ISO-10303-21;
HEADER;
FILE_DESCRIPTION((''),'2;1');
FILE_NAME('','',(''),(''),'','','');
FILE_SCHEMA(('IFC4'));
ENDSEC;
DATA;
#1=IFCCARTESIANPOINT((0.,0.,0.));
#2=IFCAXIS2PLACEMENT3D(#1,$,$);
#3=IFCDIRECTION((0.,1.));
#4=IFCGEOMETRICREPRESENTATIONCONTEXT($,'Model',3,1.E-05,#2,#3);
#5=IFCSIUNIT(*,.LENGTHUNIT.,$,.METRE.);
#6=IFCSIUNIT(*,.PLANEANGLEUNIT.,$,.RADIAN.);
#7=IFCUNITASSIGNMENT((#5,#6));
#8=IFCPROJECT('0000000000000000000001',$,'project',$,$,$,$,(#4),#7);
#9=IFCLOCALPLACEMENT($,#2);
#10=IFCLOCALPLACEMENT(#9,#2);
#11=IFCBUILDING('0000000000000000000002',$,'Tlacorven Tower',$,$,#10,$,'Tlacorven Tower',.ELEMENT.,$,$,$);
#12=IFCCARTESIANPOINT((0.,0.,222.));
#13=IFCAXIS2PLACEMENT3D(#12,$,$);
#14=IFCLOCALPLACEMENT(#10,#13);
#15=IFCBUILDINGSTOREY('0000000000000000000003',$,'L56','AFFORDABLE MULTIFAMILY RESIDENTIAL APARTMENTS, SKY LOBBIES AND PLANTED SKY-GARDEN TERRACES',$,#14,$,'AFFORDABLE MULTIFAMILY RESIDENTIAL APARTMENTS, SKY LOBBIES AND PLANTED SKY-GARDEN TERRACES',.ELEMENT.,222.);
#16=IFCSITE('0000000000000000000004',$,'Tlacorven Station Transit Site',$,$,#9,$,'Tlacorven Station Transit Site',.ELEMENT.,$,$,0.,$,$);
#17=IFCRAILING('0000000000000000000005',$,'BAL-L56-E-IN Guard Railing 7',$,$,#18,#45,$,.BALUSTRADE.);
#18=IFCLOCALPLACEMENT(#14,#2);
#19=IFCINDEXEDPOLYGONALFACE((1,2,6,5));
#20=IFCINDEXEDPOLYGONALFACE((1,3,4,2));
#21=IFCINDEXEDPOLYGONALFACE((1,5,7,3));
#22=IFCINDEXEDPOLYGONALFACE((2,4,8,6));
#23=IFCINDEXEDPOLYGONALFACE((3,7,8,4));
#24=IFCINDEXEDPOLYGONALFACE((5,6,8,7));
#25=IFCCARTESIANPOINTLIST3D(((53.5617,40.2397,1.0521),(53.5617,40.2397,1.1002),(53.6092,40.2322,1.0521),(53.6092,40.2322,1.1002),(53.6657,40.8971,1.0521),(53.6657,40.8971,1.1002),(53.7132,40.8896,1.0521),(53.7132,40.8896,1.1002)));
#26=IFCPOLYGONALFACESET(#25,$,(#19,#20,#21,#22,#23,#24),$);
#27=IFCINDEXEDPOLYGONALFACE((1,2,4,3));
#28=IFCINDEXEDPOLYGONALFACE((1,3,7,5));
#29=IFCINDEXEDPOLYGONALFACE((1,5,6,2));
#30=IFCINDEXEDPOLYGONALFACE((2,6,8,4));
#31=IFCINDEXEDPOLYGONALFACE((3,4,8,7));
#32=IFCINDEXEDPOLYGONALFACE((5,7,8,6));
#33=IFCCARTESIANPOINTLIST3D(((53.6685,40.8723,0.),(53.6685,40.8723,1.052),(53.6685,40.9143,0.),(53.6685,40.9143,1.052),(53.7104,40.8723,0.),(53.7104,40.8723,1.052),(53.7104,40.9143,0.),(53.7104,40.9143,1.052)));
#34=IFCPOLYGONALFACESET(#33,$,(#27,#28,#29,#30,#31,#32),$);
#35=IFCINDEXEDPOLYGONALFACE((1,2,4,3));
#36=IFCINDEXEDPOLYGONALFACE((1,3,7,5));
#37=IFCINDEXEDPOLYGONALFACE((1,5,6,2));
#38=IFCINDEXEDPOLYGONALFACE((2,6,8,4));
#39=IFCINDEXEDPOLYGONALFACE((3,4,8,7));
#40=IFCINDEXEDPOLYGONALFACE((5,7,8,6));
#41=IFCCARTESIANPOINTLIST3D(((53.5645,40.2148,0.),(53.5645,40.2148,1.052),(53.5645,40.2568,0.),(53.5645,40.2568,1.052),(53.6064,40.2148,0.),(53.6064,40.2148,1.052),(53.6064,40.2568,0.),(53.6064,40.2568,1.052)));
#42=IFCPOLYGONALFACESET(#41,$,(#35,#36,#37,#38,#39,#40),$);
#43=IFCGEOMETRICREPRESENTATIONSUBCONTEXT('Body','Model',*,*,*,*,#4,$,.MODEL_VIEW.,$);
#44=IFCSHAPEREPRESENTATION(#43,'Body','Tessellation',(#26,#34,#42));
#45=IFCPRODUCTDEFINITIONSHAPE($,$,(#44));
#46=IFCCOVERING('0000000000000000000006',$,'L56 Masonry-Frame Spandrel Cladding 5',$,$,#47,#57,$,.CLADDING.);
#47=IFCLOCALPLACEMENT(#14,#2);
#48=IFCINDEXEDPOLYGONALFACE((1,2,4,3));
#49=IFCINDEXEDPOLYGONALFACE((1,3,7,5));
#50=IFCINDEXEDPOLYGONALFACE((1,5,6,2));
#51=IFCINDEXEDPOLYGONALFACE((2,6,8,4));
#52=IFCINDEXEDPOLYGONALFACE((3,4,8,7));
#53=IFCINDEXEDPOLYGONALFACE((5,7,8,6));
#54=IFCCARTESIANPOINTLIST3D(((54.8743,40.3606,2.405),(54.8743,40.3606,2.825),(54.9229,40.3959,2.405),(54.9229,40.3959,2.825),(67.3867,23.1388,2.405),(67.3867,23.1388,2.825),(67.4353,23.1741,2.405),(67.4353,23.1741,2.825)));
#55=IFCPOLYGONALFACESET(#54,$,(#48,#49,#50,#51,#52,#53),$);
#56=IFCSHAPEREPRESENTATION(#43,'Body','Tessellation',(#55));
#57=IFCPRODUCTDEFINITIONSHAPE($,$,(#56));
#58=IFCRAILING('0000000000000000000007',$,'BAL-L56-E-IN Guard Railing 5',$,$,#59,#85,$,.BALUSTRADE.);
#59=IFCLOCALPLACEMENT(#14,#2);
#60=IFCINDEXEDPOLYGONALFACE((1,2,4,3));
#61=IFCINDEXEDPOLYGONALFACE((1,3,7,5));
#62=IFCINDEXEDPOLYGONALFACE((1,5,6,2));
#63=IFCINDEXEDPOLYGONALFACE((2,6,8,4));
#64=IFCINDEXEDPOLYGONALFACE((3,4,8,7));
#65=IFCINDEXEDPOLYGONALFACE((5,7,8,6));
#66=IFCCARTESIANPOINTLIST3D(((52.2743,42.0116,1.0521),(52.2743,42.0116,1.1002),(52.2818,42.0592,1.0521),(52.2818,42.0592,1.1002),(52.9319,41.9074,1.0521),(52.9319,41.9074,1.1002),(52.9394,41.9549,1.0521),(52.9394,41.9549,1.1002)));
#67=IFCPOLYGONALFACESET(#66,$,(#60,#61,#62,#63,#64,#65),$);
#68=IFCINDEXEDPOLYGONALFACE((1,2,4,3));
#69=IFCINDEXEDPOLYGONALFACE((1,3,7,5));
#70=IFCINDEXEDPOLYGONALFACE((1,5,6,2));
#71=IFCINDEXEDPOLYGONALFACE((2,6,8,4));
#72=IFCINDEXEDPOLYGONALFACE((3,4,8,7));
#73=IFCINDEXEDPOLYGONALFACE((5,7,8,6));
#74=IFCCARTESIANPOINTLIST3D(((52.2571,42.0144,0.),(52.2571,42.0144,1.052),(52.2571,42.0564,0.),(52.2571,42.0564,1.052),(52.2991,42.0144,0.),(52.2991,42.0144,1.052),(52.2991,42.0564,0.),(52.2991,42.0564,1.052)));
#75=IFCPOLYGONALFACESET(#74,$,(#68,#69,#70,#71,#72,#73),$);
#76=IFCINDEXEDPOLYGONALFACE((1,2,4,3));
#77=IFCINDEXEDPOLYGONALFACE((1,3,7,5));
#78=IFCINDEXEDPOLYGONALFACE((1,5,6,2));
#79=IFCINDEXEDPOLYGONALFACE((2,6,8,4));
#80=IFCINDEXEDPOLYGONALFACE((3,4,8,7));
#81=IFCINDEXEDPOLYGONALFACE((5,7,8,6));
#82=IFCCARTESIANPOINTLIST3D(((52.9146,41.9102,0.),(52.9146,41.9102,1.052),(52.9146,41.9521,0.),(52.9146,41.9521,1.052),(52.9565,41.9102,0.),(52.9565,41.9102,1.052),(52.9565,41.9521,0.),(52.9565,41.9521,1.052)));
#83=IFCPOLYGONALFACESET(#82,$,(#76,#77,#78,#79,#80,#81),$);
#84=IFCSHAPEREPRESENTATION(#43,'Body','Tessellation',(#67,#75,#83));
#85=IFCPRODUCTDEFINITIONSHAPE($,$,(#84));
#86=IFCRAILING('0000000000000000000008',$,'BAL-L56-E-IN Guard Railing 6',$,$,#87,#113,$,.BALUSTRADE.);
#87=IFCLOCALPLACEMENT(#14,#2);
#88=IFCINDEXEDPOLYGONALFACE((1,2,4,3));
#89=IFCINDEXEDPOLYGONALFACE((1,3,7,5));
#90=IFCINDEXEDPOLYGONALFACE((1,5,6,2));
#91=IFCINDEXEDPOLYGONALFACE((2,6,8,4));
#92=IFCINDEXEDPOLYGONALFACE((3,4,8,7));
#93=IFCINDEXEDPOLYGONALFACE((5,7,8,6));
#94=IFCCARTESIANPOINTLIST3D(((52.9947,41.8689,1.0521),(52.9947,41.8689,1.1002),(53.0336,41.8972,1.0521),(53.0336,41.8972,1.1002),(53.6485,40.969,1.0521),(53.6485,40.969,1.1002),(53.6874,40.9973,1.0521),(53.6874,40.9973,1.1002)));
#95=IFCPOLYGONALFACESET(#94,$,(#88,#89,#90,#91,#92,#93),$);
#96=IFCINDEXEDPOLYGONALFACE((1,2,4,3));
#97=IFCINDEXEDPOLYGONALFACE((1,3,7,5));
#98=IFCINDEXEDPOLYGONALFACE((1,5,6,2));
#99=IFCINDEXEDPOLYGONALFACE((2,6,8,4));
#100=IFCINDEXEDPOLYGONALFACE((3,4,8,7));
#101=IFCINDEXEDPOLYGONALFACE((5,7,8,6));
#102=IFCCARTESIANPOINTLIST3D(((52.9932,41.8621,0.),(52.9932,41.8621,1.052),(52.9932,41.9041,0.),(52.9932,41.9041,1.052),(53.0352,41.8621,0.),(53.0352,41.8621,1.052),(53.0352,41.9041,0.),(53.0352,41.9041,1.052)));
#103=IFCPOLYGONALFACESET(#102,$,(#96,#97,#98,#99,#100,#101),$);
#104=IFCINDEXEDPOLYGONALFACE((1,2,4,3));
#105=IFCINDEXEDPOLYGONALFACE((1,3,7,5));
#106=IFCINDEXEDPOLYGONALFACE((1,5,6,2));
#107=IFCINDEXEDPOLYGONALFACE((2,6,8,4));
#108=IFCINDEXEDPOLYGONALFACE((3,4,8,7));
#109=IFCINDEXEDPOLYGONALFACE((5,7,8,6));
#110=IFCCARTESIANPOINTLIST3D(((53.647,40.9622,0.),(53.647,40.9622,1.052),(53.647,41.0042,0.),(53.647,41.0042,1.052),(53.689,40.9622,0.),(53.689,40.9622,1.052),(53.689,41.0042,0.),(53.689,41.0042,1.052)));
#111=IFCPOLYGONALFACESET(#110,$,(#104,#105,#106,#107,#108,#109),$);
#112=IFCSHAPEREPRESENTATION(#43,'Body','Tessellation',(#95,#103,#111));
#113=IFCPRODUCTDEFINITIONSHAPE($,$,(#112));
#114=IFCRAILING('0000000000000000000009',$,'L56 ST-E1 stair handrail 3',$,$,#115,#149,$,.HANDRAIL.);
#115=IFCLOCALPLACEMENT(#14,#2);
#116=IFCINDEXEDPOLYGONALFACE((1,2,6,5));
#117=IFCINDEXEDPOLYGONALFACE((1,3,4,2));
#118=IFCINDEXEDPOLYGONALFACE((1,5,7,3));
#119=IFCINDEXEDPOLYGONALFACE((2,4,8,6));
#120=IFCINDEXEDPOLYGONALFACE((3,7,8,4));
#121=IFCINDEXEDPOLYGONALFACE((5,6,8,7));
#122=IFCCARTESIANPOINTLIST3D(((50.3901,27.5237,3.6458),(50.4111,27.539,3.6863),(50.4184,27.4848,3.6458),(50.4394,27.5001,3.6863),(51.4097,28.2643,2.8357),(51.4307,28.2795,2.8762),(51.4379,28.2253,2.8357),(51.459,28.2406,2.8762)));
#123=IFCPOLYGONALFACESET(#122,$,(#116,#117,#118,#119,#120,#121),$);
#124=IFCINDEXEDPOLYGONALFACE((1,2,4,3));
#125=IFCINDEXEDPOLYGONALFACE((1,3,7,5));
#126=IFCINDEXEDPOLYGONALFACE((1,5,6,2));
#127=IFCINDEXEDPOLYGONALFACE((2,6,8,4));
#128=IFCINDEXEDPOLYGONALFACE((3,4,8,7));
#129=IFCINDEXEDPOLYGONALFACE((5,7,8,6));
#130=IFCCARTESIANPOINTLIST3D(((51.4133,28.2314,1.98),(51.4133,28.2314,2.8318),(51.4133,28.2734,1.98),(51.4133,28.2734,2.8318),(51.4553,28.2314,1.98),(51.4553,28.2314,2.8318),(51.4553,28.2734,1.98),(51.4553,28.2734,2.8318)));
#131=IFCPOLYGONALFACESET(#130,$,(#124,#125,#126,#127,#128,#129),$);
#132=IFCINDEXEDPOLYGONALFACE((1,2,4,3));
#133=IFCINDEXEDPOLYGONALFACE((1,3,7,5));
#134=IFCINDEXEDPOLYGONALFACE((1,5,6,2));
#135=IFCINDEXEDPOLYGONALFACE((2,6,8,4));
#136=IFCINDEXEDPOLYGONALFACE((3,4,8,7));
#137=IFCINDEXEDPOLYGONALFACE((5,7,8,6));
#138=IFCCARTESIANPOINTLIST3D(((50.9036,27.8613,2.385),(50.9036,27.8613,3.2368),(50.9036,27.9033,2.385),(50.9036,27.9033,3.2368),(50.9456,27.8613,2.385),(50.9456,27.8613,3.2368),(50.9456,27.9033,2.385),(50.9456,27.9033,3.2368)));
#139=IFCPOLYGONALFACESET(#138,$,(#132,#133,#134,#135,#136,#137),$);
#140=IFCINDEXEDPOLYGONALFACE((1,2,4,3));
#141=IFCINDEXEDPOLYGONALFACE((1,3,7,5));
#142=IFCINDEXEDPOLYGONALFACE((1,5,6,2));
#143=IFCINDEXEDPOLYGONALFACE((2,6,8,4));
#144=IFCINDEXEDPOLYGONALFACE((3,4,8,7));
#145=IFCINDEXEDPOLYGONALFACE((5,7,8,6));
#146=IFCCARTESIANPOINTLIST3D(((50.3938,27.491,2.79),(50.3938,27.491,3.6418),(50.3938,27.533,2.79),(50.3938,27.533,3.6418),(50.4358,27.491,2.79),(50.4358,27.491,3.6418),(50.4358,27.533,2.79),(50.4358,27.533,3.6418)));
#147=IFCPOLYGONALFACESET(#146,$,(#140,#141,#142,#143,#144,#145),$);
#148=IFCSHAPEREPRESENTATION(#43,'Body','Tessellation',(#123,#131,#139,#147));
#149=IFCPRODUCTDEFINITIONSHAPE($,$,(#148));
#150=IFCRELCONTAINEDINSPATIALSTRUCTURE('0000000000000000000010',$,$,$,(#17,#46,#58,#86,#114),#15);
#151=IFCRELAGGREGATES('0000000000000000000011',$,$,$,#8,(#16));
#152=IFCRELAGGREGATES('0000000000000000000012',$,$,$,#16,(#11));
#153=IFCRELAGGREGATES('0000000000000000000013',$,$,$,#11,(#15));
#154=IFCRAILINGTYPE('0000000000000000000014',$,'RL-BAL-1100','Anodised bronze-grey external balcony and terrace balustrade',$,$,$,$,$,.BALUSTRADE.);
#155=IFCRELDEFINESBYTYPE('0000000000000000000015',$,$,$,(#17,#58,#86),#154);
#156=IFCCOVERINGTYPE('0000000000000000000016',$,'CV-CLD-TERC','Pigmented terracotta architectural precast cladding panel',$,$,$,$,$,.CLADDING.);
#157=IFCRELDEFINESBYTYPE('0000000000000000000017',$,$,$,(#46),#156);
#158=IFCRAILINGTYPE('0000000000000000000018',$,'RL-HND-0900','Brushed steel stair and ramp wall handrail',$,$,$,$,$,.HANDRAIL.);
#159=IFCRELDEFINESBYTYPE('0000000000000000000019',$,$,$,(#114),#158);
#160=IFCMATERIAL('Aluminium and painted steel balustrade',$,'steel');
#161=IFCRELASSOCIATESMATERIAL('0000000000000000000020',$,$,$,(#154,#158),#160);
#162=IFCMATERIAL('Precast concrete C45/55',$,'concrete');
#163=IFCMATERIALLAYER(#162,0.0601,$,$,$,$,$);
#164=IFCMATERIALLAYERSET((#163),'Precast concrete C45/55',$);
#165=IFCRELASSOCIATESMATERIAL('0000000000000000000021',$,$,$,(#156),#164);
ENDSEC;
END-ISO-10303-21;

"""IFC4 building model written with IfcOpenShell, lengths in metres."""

from ifc_helpers import new_model, si_unit, direction, frame, origin, origin_2d, place, context, subcontext, project, spatial, rectangle, extrude, source, transform, mapped, material, layer, layer_set, type_object, element, save


model = new_model("IFC4")

# Units and contexts
model_context = context("Model", 3, precision=1e-05, world=origin(), true_north=direction((0.0, 1.0)))
body_context = subcontext(model_context, "Body", "Model", "MODEL_VIEW")
ifc_project = project(units=[si_unit("LENGTHUNIT", "METRE"), si_unit("PLANEANGLEUNIT", "RADIAN")], contexts=[model_context])

# Site, building, storey
site_placement = place(None, origin())
site = spatial("IfcSite", under=ifc_project, at=site_placement, Name="Tlacorven Station Transit Site", LongName="Tlacorven Station Transit Site", CompositionType="ELEMENT", RefElevation=0.0)
building_placement = place(site_placement, origin())
building = spatial("IfcBuilding", under=site, at=building_placement, Name="Tlacorven Tower", LongName="Tlacorven Tower", CompositionType="ELEMENT")
storey_placement = place(building_placement, frame((0.0, 0.0, 222.0)))
storey = spatial("IfcBuildingStorey", under=building, at=storey_placement, Name="L56", Description="AFFORDABLE MULTIFAMILY RESIDENTIAL APARTMENTS, SKY LOBBIES AND PLANTED SKY-GARDEN TERRACES", LongName="AFFORDABLE MULTIFAMILY RESIDENTIAL APARTMENTS, SKY LOBBIES AND PLANTED SKY-GARDEN TERRACES", CompositionType="ELEMENT", Elevation=222.0)

# Shared definitions
ifc_material_1 = material(Name="Precast concrete C45/55", Category="concrete")

# Railing
ifc_material_2 = material(Name="Aluminium and painted steel balustrade", Category="steel")
railing_type_1 = type_object("IfcRailingType", Name="RL-BAL-1100", Description="Anodised bronze-grey external balcony and terrace balustrade", PredefinedType="BALUSTRADE", material=ifc_material_2)
shared_shape_1 = source(origin(), body_context, "Body", "SweptSolid", [
    extrude(rectangle(XDim=0.0481, YDim=0.0481, at=origin_2d()), frame((0.0, 0.0, 1.0762), z_axis=(-0.156245, -0.987718, 0.0), x_axis=(0.987718, -0.156245, 0.0)), (0.0, 0.0, 1.0), 0.6655),
    extrude(rectangle(XDim=0.042, YDim=0.042, at=origin_2d()), origin(), (0.0, 0.0, 1.0), 1.052),
    extrude(rectangle(XDim=0.042, YDim=0.042, at=origin_2d()), frame((-0.104, -0.6575, 0.0)), (0.0, 0.0, 1.0), 1.052),
])
railing_1_placement = place(storey_placement, frame((53.6895, 40.8933, 0.0)))
element("IfcRailing", 1, at=railing_1_placement, inside=storey, type_object=railing_type_1, Name="BAL-L56-E-IN Guard Railing 7", PredefinedType="BALUSTRADE", context=body_context, shape_type="MappedRepresentation", body=[
    mapped(shared_shape_1, transform((0.0, 0.0, 0.0), scale=1.0)),
])

# Covering
ifc_layer_1 = layer(ifc_material_1, 0.0601)
ifc_layer_set_1 = layer_set([ifc_layer_1], Name="Precast concrete C45/55")
covering_type = type_object("IfcCoveringType", Name="CV-CLD-TERC", Description="Pigmented terracotta architectural precast cladding panel", PredefinedType="CLADDING", material=ifc_layer_set_1)
shared_shape_2 = source(origin(), body_context, "Body", "SweptSolid", [
    extrude(rectangle(XDim=21.2874, YDim=0.0601, at=origin_2d()), origin(), (0.0, 0.0, 1.0), 0.4199),
])
covering_placement = place(storey_placement, frame((61.1548, 31.7673, 2.405), z_axis=(0.0, 0.0, 1.0), x_axis=(0.587785, -0.809017, 0.0)))
element("IfcCovering", 2, at=covering_placement, inside=storey, type_object=covering_type, Name="L56 Masonry-Frame Spandrel Cladding 5", PredefinedType="CLADDING", context=body_context, shape_type="MappedRepresentation", body=[
    mapped(shared_shape_2, transform((0.0, 0.0, 0.0), scale=1.0)),
])

# Railings
shared_shape_3 = source(origin(), body_context, "Body", "SweptSolid", [
    extrude(rectangle(XDim=0.0481, YDim=0.0481, at=origin_2d()), frame((0.0, 0.0, 1.0762), z_axis=(0.987662, -0.156603, 0.0), x_axis=(0.156603, 0.987662, 0.0)), (0.0, 0.0, 1.0), 0.6658),
    extrude(rectangle(XDim=0.042, YDim=0.042, at=origin_2d()), origin(), (0.0, 0.0, 1.0), 1.052),
    extrude(rectangle(XDim=0.042, YDim=0.042, at=origin_2d()), frame((0.6575, -0.1042, 0.0)), (0.0, 0.0, 1.0), 1.052),
])
railing_2_placement = place(storey_placement, frame((52.2781, 42.0354, 0.0)))
element("IfcRailing", 3, at=railing_2_placement, inside=storey, type_object=railing_type_1, Name="BAL-L56-E-IN Guard Railing 5", PredefinedType="BALUSTRADE", context=body_context, shape_type="MappedRepresentation", body=[
    mapped(shared_shape_3, transform((0.0, 0.0, 0.0), scale=1.0)),
])
shared_shape_4 = source(origin(), body_context, "Body", "SweptSolid", [
    extrude(rectangle(XDim=0.0481, YDim=0.0481, at=origin_2d()), frame((0.0, 0.0, 1.0762), z_axis=(0.58778, -0.809021, 0.0), x_axis=(0.809021, 0.58778, 0.0)), (0.0, 0.0, 1.0), 1.1123),
    extrude(rectangle(XDim=0.042, YDim=0.042, at=origin_2d()), origin(), (0.0, 0.0, 1.0), 1.052),
    extrude(rectangle(XDim=0.042, YDim=0.042, at=origin_2d()), frame((0.6538, -0.8999, 0.0)), (0.0, 0.0, 1.0), 1.052),
])
railing_3_placement = place(storey_placement, frame((53.0142, 41.8831, 0.0)))
element("IfcRailing", 4, at=railing_3_placement, inside=storey, type_object=railing_type_1, Name="BAL-L56-E-IN Guard Railing 6", PredefinedType="BALUSTRADE", context=body_context, shape_type="MappedRepresentation", body=[
    mapped(shared_shape_4, transform((0.0, 0.0, 0.0), scale=1.0)),
])
railing_type_2 = type_object("IfcRailingType", Name="RL-HND-0900", Description="Brushed steel stair and ramp wall handrail", PredefinedType="HANDRAIL", material=ifc_material_2)
shared_shape_5 = source(origin(), body_context, "Body", "SweptSolid", [
    extrude(rectangle(XDim=0.0481, YDim=0.0481, at=origin_2d()), frame((0.0, 0.0, 0.876), z_axis=(-0.680604, -0.494318, 0.540767), x_axis=(0.587653, -0.809113, 0.0)), (0.0, 0.0, 1.0), 1.498),
    extrude(rectangle(XDim=0.042, YDim=0.042, at=origin_2d()), origin(), (0.0, 0.0, 1.0), 0.8518),
    extrude(rectangle(XDim=0.042, YDim=0.042, at=origin_2d()), frame((-0.5098, -0.3701, 0.405)), (0.0, 0.0, 1.0), 0.8518),
    extrude(rectangle(XDim=0.042, YDim=0.042, at=origin_2d()), frame((-1.0195, -0.7405, 0.8101)), (0.0, 0.0, 1.0), 0.8518),
])
railing_4_placement = place(storey_placement, frame((51.4343, 28.2524, 1.98)))
element("IfcRailing", 5, at=railing_4_placement, inside=storey, type_object=railing_type_2, Name="L56 ST-E1 stair handrail 3", PredefinedType="HANDRAIL", context=body_context, shape_type="MappedRepresentation", body=[
    mapped(shared_shape_5, transform((0.0, 0.0, 0.0), scale=1.0)),
])

save(model, "model.ifc")
